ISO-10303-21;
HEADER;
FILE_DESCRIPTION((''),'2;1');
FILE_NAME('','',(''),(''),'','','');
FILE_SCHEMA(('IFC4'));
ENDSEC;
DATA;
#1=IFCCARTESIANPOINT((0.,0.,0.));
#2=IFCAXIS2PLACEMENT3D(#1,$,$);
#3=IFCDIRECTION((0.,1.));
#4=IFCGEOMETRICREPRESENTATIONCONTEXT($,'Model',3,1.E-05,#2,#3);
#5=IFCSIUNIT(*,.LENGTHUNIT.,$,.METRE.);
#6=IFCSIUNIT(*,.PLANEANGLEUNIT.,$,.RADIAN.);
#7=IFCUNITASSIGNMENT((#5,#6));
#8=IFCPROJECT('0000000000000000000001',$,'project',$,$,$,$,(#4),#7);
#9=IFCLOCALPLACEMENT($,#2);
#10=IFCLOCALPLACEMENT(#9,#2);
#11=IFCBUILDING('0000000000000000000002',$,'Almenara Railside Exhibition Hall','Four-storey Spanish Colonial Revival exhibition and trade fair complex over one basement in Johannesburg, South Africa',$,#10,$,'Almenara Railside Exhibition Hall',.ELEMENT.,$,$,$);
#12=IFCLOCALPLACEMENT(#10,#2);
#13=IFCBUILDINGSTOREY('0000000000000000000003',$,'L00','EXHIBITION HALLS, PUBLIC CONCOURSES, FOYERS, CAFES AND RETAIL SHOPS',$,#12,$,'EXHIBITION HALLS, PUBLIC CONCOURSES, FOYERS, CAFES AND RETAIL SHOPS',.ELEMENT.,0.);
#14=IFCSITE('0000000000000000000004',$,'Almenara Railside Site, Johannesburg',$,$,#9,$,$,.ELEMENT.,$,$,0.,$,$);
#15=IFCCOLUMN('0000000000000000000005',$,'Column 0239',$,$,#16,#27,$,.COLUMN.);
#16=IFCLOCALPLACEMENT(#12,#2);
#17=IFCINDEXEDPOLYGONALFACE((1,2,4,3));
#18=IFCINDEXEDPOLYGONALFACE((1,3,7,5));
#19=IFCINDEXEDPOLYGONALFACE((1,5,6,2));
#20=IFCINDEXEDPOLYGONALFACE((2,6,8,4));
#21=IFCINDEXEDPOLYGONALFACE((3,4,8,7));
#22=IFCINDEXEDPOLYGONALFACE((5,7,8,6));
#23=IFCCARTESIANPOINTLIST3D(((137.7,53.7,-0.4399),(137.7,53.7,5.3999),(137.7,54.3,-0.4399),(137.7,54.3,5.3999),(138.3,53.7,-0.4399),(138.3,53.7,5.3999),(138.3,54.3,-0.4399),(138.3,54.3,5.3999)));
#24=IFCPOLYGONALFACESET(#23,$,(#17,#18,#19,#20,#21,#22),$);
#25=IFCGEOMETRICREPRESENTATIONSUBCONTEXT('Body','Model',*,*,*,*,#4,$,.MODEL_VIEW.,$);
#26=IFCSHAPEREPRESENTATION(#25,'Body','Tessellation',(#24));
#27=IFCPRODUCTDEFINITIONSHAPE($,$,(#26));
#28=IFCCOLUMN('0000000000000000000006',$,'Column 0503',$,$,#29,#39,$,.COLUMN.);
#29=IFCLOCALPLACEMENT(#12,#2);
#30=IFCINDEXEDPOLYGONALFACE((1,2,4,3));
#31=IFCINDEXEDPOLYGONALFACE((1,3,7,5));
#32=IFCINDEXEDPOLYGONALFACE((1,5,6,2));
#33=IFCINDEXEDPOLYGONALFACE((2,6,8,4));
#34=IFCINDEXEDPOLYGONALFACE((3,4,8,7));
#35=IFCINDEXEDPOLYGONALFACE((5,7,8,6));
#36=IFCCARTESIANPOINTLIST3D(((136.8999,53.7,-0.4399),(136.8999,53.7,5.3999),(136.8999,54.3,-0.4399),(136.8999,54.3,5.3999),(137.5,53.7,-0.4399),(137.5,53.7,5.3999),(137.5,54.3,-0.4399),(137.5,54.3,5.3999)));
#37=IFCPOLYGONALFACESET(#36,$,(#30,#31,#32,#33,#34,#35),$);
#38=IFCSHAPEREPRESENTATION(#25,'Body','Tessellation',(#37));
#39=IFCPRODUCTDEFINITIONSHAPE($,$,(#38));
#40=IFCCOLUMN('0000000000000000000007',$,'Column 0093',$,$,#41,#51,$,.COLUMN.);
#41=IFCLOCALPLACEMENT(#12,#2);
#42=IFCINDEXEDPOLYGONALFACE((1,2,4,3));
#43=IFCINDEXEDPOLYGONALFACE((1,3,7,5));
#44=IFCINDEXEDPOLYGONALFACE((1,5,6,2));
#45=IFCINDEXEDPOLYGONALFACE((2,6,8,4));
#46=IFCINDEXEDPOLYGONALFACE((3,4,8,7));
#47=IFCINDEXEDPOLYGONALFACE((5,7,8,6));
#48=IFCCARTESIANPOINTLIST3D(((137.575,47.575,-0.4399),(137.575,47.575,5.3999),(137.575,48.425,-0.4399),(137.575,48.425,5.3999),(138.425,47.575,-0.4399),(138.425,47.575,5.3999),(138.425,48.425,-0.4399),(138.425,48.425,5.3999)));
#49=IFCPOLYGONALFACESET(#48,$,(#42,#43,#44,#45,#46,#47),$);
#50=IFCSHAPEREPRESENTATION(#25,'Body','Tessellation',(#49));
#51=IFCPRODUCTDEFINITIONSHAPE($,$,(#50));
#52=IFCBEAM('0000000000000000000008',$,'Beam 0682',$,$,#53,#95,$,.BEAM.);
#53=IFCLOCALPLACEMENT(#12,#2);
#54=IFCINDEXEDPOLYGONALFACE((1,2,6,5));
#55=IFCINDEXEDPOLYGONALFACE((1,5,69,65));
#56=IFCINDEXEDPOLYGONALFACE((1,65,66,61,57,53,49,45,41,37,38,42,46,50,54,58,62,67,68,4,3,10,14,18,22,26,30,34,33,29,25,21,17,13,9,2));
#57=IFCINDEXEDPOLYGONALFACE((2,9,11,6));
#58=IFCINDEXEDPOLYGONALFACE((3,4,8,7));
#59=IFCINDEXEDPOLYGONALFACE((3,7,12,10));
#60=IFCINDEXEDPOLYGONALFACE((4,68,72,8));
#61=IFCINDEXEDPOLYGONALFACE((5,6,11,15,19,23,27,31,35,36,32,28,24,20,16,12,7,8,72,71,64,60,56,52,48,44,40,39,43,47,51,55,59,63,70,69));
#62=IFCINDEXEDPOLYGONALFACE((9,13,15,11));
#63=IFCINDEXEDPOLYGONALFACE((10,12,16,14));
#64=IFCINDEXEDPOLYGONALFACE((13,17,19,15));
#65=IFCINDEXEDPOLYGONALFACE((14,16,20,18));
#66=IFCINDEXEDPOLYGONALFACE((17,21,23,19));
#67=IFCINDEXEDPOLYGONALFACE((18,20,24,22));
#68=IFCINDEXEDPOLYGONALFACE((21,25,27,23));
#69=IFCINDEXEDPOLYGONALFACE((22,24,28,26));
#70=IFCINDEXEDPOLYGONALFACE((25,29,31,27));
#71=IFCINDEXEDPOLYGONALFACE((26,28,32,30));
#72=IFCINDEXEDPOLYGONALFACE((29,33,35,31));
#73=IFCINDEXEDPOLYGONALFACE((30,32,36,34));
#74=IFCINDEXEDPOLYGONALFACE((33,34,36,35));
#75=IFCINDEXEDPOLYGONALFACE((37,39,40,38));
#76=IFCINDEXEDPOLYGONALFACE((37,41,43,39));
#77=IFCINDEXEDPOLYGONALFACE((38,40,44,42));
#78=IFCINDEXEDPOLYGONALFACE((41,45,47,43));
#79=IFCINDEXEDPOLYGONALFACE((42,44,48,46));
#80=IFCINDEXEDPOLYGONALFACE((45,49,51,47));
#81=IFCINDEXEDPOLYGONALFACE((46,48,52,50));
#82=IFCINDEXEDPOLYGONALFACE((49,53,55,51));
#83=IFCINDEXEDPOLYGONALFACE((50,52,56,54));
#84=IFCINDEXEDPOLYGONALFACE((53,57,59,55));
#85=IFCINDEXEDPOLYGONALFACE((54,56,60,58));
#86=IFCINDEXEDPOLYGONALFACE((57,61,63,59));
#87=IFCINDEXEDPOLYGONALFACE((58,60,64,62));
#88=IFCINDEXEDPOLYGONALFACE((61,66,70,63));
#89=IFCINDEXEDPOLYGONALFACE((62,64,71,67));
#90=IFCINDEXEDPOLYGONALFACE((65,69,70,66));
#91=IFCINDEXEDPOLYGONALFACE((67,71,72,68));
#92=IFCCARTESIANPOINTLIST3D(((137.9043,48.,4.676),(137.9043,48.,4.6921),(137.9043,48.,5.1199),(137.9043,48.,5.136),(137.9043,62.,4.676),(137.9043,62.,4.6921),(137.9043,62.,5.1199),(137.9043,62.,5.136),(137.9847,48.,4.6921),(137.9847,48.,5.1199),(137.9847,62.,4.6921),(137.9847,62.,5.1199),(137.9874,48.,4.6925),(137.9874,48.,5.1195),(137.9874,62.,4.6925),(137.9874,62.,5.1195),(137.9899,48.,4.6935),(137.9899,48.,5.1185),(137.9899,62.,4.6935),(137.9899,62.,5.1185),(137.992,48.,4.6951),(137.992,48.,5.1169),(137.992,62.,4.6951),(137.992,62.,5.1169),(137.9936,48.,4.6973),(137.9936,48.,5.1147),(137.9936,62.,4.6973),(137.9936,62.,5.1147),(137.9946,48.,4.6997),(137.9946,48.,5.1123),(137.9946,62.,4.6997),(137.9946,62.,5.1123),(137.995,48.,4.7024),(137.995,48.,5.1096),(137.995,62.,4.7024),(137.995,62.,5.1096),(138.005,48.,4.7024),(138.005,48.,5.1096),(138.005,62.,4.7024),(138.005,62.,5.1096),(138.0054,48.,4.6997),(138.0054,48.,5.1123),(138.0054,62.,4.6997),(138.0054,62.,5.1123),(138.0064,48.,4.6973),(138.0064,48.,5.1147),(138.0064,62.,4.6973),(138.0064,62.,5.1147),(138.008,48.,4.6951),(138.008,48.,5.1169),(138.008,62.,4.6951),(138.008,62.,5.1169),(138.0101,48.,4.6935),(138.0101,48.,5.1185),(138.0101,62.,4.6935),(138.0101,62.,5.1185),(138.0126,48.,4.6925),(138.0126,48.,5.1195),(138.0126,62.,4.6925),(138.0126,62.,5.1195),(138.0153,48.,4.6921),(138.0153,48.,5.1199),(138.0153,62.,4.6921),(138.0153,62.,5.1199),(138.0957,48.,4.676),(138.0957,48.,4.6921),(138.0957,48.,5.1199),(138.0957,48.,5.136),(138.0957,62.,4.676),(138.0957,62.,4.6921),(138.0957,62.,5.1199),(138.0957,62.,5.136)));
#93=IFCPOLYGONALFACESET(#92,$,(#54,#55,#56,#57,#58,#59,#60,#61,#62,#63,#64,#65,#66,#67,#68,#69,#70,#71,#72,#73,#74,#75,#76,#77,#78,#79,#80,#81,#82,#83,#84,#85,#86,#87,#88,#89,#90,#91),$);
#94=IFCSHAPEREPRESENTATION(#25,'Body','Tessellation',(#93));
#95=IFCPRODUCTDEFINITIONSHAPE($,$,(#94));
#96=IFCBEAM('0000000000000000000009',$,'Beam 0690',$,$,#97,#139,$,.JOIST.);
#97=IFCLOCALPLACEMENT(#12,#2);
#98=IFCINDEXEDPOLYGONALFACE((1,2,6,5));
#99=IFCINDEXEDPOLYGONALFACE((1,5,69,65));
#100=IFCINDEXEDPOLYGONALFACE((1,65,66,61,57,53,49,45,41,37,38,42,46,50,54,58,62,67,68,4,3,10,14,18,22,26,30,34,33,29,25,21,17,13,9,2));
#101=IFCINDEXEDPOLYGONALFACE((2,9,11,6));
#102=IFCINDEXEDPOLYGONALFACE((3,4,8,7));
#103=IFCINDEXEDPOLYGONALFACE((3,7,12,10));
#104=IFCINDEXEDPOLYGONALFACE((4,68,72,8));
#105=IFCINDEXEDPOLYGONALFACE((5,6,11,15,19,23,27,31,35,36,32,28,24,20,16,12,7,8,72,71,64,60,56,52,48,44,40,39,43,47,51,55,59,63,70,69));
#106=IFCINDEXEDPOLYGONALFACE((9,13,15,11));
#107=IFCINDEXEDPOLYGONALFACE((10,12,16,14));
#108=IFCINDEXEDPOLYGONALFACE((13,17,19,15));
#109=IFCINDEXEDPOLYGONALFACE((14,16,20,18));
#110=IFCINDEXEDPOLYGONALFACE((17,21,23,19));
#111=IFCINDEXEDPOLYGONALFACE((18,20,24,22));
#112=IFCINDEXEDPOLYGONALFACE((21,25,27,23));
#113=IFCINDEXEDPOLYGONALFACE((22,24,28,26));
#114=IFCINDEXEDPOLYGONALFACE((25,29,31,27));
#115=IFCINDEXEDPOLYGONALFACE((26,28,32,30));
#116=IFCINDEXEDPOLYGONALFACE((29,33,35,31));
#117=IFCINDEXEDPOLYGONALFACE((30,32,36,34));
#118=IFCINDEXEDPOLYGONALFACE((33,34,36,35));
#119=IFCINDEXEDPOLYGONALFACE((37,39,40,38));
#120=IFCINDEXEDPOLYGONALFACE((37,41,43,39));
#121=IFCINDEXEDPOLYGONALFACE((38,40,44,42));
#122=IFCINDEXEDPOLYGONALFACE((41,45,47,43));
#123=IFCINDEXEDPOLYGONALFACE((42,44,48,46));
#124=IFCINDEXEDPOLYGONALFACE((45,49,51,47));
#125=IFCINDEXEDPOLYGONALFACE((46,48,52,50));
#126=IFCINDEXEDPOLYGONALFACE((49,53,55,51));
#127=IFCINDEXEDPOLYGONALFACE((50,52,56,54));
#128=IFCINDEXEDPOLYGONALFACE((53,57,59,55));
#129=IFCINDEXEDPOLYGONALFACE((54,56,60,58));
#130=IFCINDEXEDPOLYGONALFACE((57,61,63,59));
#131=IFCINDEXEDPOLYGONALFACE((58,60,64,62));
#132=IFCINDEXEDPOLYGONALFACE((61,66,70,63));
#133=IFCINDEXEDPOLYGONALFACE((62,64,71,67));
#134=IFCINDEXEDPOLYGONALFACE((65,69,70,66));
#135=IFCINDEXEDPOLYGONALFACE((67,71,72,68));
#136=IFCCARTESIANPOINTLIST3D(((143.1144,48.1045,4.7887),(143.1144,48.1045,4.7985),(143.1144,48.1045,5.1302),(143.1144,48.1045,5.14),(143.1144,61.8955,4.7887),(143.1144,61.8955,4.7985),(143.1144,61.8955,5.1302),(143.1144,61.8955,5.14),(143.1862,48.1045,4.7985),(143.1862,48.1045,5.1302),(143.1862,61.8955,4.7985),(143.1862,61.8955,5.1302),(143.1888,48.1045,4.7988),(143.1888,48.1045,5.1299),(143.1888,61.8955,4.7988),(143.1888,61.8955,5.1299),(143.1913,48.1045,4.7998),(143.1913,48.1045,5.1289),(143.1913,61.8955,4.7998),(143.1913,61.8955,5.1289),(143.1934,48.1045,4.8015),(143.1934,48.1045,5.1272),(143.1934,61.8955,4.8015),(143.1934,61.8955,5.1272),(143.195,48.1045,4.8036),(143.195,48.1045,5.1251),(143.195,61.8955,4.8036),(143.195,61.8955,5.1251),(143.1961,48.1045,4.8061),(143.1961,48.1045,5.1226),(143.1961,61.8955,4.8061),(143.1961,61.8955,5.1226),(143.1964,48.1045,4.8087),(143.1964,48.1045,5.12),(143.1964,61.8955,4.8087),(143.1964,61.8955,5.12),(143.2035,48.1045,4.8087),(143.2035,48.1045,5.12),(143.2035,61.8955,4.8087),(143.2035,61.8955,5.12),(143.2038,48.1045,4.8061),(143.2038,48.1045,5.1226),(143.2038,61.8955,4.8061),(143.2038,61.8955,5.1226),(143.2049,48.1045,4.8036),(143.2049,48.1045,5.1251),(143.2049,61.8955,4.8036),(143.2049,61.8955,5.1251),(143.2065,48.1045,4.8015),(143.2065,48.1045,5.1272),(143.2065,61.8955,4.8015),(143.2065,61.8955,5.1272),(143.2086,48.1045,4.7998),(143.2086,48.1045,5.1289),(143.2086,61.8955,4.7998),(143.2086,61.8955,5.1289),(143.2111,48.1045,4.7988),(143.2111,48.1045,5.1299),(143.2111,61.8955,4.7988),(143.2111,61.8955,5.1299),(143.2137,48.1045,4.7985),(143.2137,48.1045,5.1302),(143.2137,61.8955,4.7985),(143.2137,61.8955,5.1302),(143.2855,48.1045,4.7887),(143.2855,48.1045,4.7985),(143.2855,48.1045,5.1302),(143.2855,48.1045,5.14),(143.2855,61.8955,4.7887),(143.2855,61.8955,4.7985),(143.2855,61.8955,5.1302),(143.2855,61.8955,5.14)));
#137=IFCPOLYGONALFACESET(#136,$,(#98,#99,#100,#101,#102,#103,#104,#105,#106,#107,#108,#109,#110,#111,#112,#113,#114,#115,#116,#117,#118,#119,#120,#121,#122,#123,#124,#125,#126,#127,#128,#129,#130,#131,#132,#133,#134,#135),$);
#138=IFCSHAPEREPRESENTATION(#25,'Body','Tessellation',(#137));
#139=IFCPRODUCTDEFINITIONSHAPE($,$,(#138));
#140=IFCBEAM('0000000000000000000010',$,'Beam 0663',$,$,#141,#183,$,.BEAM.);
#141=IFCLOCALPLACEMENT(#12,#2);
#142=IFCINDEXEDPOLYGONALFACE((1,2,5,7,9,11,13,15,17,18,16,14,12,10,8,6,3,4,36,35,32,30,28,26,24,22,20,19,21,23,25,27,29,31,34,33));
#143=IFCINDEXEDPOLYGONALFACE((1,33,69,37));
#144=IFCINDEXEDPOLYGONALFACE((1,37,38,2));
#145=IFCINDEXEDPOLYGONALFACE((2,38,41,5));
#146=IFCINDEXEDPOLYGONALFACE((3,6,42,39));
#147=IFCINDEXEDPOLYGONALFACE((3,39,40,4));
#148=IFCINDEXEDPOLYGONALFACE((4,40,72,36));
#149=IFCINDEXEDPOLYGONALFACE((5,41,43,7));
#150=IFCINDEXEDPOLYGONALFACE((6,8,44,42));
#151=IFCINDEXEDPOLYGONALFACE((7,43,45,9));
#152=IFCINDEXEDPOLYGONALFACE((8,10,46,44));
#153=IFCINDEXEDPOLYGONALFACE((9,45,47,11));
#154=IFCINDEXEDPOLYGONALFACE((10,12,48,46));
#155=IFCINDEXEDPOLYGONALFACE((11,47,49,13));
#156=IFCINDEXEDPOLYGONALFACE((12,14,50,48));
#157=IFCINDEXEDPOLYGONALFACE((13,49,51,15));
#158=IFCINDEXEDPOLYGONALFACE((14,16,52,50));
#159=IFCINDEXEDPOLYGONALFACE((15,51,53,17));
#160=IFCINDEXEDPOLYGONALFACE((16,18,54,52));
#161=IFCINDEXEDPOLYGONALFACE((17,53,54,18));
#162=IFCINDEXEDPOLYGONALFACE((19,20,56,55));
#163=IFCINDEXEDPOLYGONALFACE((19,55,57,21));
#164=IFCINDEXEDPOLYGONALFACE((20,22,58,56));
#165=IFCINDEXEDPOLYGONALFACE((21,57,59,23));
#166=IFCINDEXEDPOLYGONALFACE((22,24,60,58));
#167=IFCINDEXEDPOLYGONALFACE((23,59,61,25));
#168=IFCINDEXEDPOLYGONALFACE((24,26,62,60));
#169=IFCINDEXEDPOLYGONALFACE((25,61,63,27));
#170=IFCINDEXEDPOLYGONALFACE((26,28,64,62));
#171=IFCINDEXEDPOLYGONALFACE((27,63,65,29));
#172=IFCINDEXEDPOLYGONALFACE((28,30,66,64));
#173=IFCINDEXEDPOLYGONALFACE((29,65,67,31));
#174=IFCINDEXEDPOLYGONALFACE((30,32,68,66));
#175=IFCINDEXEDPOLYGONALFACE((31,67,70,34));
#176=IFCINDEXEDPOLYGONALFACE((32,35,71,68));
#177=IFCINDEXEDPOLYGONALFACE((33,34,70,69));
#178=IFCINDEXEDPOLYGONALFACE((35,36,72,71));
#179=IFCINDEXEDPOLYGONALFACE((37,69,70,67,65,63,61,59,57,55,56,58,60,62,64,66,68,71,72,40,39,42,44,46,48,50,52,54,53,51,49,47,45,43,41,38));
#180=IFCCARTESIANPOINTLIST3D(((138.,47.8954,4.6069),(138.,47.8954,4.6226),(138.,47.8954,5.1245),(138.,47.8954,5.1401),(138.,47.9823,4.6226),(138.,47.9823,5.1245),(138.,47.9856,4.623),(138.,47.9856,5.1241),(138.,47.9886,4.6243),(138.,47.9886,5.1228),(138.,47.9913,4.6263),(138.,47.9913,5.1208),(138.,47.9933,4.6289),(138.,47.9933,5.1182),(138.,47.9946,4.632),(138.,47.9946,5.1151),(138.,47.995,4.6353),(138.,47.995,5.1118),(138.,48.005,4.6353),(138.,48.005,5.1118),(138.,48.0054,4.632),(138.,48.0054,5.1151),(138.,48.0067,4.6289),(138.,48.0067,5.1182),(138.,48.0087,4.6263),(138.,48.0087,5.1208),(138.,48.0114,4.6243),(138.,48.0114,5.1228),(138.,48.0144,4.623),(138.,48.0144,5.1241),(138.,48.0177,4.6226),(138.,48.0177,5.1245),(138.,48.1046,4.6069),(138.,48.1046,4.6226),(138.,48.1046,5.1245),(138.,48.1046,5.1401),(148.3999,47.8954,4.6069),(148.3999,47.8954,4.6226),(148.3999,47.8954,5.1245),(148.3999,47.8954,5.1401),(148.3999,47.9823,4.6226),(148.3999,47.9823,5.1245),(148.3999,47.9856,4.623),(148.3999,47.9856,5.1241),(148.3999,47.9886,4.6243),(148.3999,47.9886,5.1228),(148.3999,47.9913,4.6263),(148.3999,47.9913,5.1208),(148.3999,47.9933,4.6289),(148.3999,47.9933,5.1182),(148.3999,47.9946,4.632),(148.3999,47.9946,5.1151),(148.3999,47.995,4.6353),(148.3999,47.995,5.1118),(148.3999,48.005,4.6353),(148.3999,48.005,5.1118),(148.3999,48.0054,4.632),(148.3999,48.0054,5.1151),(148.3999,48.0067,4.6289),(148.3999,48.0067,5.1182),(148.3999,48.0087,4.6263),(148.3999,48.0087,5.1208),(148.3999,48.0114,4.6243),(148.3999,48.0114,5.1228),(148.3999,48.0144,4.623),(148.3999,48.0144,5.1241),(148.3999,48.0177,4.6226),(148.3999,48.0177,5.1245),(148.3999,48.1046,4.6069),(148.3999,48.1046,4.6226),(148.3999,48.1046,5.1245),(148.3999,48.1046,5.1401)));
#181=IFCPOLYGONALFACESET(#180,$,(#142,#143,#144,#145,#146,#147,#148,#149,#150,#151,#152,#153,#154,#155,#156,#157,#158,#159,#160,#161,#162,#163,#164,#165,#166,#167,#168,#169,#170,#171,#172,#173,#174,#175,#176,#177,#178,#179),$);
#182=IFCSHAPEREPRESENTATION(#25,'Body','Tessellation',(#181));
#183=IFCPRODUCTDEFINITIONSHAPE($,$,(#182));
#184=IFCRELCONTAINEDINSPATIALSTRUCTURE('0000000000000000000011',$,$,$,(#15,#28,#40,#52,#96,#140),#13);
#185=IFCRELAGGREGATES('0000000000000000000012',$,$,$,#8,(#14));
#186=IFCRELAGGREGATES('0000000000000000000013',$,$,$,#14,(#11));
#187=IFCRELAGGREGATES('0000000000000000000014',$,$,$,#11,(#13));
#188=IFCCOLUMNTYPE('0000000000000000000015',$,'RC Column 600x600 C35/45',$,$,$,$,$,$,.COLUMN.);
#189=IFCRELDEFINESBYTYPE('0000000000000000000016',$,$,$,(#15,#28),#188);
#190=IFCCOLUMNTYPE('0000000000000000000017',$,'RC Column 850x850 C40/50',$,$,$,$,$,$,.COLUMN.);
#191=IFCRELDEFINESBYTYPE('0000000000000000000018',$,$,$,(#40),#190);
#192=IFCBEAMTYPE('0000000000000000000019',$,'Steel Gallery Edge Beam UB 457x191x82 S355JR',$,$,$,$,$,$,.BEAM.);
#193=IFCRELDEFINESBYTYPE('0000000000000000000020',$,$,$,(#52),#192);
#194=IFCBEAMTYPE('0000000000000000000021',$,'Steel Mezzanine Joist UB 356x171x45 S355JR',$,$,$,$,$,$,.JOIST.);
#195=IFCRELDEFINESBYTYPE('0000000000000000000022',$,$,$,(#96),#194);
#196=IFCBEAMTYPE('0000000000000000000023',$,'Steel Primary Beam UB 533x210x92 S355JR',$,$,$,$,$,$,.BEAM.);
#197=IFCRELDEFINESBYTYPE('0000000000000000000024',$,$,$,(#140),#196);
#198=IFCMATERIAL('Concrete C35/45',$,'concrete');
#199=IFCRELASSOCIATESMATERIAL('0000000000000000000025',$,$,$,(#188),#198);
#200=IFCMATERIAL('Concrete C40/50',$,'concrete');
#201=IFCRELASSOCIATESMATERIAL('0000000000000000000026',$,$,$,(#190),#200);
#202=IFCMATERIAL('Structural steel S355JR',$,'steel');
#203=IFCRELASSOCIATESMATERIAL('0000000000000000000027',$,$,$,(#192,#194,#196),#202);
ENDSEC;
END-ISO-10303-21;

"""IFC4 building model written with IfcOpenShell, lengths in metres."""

from ifc_helpers import new_model, si_unit, direction, frame, origin, origin_2d, place, context, subcontext, project, spatial, rectangle, i_section, extrude, material, material_profile, profile_set, type_object, element, save


model = new_model("IFC4")

# Units and contexts
model_context = context("Model", 3, precision=1e-05, world=origin(), true_north=direction((0.0, 1.0)))
body_context = subcontext(model_context, "Body", "Model", "MODEL_VIEW")
ifc_project = project(units=[si_unit("LENGTHUNIT", "METRE"), si_unit("PLANEANGLEUNIT", "RADIAN")], contexts=[model_context])

# Site, building, storey
site_placement = place(None, origin())
site = spatial("IfcSite", under=ifc_project, at=site_placement, Name="Almenara Railside Site, Johannesburg", CompositionType="ELEMENT", RefElevation=0.0)
building_placement = place(site_placement, origin())
building = spatial("IfcBuilding", under=site, at=building_placement, Name="Almenara Railside Exhibition Hall", Description="Four-storey Spanish Colonial Revival exhibition and trade fair complex over one basement in Johannesburg, South Africa", LongName="Almenara Railside Exhibition Hall", CompositionType="ELEMENT")
storey_placement = place(building_placement, origin())
storey = spatial("IfcBuildingStorey", under=building, at=storey_placement, Name="L00", Description="EXHIBITION HALLS, PUBLIC CONCOURSES, FOYERS, CAFES AND RETAIL SHOPS", LongName="EXHIBITION HALLS, PUBLIC CONCOURSES, FOYERS, CAFES AND RETAIL SHOPS", CompositionType="ELEMENT", Elevation=0.0)

# Shared definitions
ifc_material_1 = material(Name="Concrete C40/50", Category="concrete")

# Shared definitions
ifc_material_2 = material(Name="Concrete C35/45", Category="concrete")

# Columns
ifc_material_profile_1 = material_profile(ifc_material_2, rectangle(XDim=0.6001, YDim=0.6001, at=origin_2d()), Name="RC 600x600")
ifc_profile_set_1 = profile_set([ifc_material_profile_1], Name="Concrete C35/45")
column_type_1 = type_object("IfcColumnType", Name="RC Column 600x600 C35/45", PredefinedType="COLUMN", material=ifc_profile_set_1)
for number, where, z_axis, x_axis, name in (
    (1, (138.0, 54.0, -0.4399), (0.0, 0.0, 1.0), (1.0, 0.0, 0.0), "Column 0239"),
    (2, (137.2, 54.0, -0.4399), (0.0, 0.0, 1.0), (1.0, 0.0, 0.0), "Column 0503"),
):
    element("IfcColumn", number, at=place(storey_placement, frame(where, z_axis=z_axis, x_axis=x_axis)), inside=storey, type_object=column_type_1, Name=name, PredefinedType="COLUMN", context=body_context, shape_type="SweptSolid", body=[
        extrude(rectangle(XDim=0.6001, YDim=0.6001, at=origin_2d()), origin(), (0.0, 0.0, 1.0), 5.8398),
    ])
ifc_material_profile_2 = material_profile(ifc_material_1, rectangle(XDim=0.8501, YDim=0.8501, at=origin_2d()), Name="RC 850x850")
ifc_profile_set_2 = profile_set([ifc_material_profile_2], Name="Concrete C40/50")
column_type_2 = type_object("IfcColumnType", Name="RC Column 850x850 C40/50", PredefinedType="COLUMN", material=ifc_profile_set_2)
column_placement = place(storey_placement, frame((138.0, 48.0, -0.4399), z_axis=(0.0, 0.0, 1.0), x_axis=(1.0, 0.0, 0.0)))
element("IfcColumn", 3, at=column_placement, inside=storey, type_object=column_type_2, Name="Column 0093", PredefinedType="COLUMN", context=body_context, shape_type="SweptSolid", body=[
    extrude(rectangle(XDim=0.8501, YDim=0.8501, at=origin_2d()), origin(), (0.0, 0.0, 1.0), 5.8398),
])

# Beams
ifc_material_3 = material(Name="Structural steel S355JR", Category="steel")
ifc_material_profile_3 = material_profile(ifc_material_3, i_section(OverallWidth=0.1914, OverallDepth=0.46, WebThickness=0.01, FlangeThickness=0.0161, FilletRadius=0.0103, at=origin_2d()), Name="UB 457x191x82")
ifc_profile_set_3 = profile_set([ifc_material_profile_3], Name="Structural steel S355JR")
beam_type_1 = type_object("IfcBeamType", Name="Steel Gallery Edge Beam UB 457x191x82 S355JR", PredefinedType="BEAM", material=ifc_profile_set_3)
beam_1_placement = place(storey_placement, frame((138.0, 48.0, 4.906), z_axis=(0.0, 1.0, 0.0), x_axis=(-1.0, 0.0, 0.0)))
element("IfcBeam", 4, at=beam_1_placement, inside=storey, type_object=beam_type_1, Name="Beam 0682", PredefinedType="BEAM", context=body_context, shape_type="SweptSolid", body=[
    extrude(i_section(OverallWidth=0.1914, OverallDepth=0.46, WebThickness=0.01, FlangeThickness=0.0161, FilletRadius=0.0103, at=origin_2d()), origin(), (0.0, 0.0, 1.0), 14.0),
])
ifc_material_profile_4 = material_profile(ifc_material_3, i_section(OverallWidth=0.1711, OverallDepth=0.3513, WebThickness=0.0071, FlangeThickness=0.0098, FilletRadius=0.0103, at=origin_2d()), Name="UB 356x171x45")
ifc_profile_set_4 = profile_set([ifc_material_profile_4], Name="Structural steel S355JR")
beam_type_2 = type_object("IfcBeamType", Name="Steel Mezzanine Joist UB 356x171x45 S355JR", PredefinedType="JOIST", material=ifc_profile_set_4)
beam_2_placement = place(storey_placement, frame((143.2, 48.1045, 4.9644), z_axis=(0.0, 1.0, 0.0), x_axis=(-1.0, 0.0, 0.0)))
element("IfcBeam", 5, at=beam_2_placement, inside=storey, type_object=beam_type_2, Name="Beam 0690", PredefinedType="JOIST", context=body_context, shape_type="SweptSolid", body=[
    extrude(i_section(OverallWidth=0.1711, OverallDepth=0.3513, WebThickness=0.0071, FlangeThickness=0.0098, FilletRadius=0.0103, at=origin_2d()), origin(), (0.0, 0.0, 1.0), 13.791),
])
ifc_material_profile_5 = material_profile(ifc_material_3, i_section(OverallWidth=0.2092, OverallDepth=0.5332, WebThickness=0.01, FlangeThickness=0.0156, FilletRadius=0.0127, at=origin_2d()), Name="UB 533x210x92")
ifc_profile_set_5 = profile_set([ifc_material_profile_5], Name="Structural steel S355JR")
beam_type_3 = type_object("IfcBeamType", Name="Steel Primary Beam UB 533x210x92 S355JR", PredefinedType="BEAM", material=ifc_profile_set_5)
beam_3_placement = place(storey_placement, frame((138.0, 48.0, 4.8735), z_axis=(1.0, 0.0, 0.0), x_axis=(0.0, 1.0, 0.0)))
element("IfcBeam", 6, at=beam_3_placement, inside=storey, type_object=beam_type_3, Name="Beam 0663", PredefinedType="BEAM", context=body_context, shape_type="SweptSolid", body=[
    extrude(i_section(OverallWidth=0.2092, OverallDepth=0.5332, WebThickness=0.01, FlangeThickness=0.0156, FilletRadius=0.0127, at=origin_2d()), origin(), (0.0, 0.0, 1.0), 10.3999),
])

save(model, "model.ifc")
